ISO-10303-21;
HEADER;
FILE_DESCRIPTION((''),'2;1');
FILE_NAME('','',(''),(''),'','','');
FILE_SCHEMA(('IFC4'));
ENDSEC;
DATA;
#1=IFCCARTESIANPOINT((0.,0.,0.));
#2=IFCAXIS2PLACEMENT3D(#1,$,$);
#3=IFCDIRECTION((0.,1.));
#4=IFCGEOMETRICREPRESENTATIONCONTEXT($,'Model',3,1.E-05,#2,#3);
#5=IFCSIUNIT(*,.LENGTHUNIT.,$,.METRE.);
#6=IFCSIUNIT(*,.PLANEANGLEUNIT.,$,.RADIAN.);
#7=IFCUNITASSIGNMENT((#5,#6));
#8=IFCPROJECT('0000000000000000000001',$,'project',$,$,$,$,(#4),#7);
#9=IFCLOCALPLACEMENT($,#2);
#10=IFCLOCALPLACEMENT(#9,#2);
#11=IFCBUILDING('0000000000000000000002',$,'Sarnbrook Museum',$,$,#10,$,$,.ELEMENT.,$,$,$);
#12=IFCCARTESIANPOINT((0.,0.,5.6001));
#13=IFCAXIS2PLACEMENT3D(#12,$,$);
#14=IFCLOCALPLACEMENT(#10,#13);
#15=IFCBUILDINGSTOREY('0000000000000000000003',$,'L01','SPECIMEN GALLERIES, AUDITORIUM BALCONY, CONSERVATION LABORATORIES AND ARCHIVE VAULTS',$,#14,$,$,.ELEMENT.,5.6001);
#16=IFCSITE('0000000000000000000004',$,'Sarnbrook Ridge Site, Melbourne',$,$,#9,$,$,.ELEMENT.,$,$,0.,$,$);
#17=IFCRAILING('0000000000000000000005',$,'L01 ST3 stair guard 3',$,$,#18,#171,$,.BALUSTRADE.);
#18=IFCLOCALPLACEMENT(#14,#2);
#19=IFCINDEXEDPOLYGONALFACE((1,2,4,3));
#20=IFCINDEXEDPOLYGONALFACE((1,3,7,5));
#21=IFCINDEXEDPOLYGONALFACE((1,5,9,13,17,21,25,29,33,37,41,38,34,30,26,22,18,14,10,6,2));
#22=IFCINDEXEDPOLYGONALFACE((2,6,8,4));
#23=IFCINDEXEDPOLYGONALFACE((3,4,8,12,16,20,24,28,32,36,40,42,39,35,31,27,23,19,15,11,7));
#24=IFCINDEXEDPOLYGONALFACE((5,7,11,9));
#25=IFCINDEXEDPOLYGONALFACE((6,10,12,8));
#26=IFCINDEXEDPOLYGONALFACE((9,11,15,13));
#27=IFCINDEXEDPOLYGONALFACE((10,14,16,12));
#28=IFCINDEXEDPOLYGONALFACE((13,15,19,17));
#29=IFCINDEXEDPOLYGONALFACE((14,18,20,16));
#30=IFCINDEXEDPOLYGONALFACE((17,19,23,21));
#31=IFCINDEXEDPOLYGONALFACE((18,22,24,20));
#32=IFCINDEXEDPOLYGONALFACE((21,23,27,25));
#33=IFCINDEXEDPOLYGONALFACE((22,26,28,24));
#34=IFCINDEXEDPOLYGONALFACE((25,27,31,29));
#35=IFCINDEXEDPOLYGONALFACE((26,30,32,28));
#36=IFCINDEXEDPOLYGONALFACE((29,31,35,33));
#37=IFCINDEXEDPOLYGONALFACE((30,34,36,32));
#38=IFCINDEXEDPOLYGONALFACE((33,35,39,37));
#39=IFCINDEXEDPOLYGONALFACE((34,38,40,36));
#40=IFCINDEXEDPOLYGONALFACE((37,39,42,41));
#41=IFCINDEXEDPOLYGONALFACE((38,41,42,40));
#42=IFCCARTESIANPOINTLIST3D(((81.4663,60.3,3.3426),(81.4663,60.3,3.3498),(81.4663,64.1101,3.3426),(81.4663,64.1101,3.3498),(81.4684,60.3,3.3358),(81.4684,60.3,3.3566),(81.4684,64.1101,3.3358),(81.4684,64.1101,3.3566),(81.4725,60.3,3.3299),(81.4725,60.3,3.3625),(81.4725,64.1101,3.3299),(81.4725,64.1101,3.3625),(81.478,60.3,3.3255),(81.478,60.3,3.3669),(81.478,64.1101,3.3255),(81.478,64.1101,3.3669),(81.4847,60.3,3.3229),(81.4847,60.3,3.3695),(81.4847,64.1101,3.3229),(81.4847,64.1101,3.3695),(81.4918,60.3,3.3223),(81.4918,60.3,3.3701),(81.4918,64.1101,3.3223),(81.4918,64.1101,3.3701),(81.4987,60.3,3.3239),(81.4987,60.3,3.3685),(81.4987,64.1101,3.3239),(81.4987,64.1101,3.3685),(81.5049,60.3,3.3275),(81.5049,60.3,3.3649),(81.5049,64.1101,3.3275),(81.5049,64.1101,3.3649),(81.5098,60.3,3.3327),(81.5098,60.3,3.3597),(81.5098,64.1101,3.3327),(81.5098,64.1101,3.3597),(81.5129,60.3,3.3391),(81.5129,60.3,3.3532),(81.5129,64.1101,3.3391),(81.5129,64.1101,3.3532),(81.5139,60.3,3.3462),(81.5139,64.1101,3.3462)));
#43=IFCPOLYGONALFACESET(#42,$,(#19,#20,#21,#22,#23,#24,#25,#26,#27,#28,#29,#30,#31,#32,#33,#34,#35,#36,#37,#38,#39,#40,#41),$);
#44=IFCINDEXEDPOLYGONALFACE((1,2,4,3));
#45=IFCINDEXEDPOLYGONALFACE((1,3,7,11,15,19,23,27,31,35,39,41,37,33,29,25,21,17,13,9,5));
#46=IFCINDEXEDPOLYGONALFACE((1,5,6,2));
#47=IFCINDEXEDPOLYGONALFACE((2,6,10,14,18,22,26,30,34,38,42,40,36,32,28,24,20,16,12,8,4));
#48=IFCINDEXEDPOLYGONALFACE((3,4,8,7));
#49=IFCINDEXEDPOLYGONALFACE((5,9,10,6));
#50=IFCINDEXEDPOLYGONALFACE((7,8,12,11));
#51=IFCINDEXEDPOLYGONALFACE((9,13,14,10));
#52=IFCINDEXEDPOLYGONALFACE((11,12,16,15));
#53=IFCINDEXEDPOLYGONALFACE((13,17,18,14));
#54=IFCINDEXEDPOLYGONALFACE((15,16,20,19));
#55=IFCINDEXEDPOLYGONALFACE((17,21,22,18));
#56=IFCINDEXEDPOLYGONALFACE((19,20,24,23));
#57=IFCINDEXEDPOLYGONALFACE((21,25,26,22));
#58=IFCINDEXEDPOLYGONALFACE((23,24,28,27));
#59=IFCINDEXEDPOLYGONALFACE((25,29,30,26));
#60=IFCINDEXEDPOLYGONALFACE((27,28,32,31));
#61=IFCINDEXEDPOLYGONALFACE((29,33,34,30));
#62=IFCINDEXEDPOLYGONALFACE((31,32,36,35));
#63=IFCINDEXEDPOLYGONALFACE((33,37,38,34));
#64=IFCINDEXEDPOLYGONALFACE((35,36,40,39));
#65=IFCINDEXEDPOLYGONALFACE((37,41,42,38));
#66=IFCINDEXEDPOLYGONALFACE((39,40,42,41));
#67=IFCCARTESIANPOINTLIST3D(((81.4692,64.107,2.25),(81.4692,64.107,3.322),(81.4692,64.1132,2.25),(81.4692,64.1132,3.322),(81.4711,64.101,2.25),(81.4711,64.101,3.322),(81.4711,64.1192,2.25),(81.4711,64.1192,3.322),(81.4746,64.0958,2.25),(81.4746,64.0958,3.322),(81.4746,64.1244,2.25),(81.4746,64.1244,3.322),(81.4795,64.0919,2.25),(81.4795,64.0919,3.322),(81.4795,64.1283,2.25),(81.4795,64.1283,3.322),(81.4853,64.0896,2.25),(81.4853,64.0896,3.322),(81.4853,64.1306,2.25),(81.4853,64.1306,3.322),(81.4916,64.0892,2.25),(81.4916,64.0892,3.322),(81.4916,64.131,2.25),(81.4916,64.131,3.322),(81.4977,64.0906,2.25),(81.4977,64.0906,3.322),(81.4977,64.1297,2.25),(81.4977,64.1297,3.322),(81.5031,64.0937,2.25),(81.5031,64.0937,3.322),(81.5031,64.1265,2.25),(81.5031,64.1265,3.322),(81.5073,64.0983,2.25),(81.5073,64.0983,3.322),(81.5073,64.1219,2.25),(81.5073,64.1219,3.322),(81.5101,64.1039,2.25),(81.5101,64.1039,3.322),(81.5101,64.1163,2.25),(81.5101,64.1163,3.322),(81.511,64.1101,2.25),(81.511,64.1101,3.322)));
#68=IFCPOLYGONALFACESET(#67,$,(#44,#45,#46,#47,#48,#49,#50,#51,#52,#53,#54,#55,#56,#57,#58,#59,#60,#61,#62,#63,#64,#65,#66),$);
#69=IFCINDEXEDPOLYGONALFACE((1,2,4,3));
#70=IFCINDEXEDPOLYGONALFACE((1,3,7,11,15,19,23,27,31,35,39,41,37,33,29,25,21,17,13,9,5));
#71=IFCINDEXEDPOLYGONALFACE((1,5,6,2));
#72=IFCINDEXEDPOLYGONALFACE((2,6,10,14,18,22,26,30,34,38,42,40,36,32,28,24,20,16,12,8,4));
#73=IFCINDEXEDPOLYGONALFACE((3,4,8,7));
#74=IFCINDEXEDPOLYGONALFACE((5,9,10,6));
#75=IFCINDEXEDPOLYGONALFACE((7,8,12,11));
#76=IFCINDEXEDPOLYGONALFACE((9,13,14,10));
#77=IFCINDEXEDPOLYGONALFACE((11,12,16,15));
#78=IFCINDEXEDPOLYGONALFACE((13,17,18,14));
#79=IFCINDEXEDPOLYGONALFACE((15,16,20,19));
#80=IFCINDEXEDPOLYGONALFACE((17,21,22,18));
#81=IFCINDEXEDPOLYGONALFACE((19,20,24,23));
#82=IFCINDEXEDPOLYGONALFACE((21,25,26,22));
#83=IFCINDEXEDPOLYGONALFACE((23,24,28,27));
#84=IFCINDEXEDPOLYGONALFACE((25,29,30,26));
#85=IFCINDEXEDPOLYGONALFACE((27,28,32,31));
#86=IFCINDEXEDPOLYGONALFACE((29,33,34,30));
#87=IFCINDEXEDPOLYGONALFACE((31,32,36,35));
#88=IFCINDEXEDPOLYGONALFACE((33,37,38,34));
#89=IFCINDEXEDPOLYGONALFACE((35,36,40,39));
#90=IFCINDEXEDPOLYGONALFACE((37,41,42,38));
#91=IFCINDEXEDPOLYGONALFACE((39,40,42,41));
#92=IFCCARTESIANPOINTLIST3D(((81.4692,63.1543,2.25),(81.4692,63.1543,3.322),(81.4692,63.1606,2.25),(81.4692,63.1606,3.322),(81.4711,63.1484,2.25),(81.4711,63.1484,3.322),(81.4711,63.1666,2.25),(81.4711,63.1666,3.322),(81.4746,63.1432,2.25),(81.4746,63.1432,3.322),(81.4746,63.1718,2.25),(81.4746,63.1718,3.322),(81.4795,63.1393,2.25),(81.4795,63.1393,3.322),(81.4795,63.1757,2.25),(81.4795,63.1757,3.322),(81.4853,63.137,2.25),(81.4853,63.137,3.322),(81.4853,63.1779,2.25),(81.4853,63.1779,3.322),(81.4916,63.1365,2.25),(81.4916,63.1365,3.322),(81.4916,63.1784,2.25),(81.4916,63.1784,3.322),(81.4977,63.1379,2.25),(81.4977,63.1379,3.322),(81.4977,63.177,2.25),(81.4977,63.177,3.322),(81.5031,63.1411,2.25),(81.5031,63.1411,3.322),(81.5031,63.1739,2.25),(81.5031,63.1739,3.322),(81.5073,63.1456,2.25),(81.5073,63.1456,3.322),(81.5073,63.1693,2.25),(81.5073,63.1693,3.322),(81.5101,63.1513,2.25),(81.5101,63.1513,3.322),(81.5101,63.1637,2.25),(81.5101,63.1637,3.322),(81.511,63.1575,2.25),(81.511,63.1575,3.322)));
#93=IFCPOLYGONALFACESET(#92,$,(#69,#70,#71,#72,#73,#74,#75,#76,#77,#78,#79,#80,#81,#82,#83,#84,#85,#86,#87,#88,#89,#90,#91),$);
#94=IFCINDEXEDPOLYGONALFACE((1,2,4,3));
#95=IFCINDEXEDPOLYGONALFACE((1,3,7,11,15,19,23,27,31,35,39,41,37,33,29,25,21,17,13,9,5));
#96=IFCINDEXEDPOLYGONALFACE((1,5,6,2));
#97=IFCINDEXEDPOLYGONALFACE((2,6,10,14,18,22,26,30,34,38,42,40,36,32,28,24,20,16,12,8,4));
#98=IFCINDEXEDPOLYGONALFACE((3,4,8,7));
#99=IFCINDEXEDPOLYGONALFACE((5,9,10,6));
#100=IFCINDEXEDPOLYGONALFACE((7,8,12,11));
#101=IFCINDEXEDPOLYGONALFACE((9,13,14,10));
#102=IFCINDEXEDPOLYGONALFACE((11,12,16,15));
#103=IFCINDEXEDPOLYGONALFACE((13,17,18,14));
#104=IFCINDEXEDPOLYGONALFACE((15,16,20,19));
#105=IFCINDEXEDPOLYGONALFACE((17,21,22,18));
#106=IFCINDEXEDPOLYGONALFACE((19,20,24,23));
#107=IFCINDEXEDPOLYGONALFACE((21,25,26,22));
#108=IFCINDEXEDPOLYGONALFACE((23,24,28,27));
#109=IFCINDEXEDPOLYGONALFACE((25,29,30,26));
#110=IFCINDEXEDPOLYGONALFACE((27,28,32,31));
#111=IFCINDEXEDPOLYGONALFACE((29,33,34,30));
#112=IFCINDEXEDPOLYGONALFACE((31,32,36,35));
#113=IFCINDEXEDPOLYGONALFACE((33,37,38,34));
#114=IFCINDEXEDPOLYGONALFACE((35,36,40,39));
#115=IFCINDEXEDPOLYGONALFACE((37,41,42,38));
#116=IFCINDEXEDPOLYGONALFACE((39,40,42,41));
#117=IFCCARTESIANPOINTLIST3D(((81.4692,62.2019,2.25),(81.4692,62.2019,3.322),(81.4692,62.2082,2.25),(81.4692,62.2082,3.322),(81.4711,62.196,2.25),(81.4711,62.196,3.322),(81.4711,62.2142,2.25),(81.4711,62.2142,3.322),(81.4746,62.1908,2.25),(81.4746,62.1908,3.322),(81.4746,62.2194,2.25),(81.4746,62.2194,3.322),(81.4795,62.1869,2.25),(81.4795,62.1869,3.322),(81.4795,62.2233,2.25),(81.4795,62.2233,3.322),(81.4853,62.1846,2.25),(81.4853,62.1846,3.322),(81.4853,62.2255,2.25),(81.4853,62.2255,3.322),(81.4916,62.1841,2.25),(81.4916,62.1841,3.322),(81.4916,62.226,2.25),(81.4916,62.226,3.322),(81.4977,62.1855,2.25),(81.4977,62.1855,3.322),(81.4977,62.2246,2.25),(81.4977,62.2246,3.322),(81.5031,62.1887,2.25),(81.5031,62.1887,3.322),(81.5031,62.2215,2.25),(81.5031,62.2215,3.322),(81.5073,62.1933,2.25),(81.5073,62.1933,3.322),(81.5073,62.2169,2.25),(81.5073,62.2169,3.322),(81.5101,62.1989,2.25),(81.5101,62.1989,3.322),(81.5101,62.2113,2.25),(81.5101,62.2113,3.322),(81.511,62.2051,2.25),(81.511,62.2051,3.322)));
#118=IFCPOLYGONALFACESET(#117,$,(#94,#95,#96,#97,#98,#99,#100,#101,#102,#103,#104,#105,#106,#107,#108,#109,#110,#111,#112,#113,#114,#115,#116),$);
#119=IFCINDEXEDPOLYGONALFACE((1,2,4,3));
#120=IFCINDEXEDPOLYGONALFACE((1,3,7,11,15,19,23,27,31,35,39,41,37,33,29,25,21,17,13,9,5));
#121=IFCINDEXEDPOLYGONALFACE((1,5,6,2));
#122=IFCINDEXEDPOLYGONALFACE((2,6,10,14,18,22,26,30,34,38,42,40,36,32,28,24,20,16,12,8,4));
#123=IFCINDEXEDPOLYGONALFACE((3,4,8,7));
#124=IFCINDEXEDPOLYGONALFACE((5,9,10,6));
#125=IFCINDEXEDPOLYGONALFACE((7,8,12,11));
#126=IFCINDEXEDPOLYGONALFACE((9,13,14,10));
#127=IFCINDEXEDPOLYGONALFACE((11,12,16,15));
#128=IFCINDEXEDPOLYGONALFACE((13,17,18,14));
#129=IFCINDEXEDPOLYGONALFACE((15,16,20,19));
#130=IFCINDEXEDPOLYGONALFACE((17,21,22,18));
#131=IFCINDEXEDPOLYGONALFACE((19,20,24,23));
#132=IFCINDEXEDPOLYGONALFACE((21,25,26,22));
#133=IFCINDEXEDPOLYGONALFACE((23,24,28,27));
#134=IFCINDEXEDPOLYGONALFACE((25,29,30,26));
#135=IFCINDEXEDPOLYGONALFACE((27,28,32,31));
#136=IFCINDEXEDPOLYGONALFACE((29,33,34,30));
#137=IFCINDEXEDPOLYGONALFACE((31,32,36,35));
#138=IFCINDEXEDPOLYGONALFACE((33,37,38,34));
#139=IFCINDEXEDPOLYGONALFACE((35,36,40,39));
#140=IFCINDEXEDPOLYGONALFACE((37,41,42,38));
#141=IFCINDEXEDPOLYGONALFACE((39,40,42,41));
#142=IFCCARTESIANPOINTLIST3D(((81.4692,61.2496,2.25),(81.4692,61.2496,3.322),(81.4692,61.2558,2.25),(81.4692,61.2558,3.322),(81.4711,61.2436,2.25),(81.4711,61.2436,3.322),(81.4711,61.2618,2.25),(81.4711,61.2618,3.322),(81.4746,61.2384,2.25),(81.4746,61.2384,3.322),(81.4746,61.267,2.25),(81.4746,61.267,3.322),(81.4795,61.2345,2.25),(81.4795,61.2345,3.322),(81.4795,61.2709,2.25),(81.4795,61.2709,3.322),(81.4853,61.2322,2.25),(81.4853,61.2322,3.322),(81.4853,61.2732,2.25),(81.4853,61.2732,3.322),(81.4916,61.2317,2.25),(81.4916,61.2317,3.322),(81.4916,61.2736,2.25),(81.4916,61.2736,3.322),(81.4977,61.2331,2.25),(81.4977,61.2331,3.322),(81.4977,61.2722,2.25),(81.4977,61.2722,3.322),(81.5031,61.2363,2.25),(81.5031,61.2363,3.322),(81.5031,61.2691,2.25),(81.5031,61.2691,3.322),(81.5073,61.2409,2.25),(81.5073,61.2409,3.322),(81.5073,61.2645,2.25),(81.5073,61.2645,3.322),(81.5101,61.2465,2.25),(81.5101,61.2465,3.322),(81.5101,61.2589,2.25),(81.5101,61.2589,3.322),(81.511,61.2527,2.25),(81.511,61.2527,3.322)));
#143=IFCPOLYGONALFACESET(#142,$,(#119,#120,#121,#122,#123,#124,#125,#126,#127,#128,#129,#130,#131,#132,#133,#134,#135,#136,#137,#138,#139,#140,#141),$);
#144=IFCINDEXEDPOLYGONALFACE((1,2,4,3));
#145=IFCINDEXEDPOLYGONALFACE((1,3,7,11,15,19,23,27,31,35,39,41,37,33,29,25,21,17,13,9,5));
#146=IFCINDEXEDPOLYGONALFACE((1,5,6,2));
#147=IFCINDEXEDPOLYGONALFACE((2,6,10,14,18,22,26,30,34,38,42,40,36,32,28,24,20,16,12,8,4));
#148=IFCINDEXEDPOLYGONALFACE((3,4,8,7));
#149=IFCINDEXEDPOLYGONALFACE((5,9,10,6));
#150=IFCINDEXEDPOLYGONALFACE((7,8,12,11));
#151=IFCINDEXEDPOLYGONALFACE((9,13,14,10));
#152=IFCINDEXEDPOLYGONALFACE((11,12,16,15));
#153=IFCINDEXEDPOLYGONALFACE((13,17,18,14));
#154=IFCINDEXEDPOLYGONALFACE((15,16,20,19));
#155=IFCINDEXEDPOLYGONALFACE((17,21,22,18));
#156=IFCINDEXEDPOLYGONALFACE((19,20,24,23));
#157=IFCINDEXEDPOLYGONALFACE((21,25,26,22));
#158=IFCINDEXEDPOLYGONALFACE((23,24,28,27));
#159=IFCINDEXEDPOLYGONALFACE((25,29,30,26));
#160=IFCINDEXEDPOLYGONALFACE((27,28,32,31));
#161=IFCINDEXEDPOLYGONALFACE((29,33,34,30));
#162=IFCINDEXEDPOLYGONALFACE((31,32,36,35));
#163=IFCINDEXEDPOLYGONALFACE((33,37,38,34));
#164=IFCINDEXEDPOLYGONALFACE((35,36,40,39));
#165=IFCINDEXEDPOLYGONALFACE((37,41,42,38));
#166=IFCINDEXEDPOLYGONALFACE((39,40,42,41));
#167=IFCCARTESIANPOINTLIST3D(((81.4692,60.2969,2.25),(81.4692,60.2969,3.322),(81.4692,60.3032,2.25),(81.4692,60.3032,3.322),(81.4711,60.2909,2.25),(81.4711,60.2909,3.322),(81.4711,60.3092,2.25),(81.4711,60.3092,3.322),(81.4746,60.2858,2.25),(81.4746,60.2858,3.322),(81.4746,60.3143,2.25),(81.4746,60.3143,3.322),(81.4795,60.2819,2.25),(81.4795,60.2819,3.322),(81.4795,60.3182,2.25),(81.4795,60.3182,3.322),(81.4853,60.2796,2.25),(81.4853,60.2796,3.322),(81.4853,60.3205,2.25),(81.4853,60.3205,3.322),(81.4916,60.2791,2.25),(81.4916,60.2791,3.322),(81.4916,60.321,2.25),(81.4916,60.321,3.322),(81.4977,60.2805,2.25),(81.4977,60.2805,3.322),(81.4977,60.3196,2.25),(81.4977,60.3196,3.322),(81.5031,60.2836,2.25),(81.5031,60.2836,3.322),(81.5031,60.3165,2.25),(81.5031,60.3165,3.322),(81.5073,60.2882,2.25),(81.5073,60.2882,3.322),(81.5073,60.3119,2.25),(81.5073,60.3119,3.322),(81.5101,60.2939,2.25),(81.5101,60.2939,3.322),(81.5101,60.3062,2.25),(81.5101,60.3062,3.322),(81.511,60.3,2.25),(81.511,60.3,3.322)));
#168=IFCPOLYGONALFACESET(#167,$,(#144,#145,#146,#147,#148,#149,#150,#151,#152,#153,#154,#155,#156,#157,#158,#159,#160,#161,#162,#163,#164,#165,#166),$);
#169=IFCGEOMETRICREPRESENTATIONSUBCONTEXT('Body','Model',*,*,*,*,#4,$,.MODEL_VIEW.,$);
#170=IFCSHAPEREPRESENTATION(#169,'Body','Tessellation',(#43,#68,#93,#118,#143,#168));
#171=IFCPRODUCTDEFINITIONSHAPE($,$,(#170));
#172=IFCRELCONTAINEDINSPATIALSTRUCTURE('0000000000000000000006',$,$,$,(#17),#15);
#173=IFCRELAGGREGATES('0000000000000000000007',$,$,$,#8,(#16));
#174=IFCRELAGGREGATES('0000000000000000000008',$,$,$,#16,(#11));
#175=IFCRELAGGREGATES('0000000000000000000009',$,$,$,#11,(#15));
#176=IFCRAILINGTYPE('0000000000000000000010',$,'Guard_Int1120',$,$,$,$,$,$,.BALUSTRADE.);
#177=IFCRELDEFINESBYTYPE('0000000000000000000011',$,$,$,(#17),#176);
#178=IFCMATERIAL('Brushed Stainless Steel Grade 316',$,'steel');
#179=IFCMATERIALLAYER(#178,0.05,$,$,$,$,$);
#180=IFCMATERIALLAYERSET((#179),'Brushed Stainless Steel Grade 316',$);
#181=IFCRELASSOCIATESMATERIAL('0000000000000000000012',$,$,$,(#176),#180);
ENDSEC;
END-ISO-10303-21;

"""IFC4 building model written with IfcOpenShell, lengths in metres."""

from ifc_helpers import new_model, si_unit, direction, frame, origin, origin_2d, place, context, subcontext, project, spatial, circle, extrude, material, layer, layer_set, type_object, element, save


model = new_model("IFC4")

# Units and contexts
model_context = context("Model", 3, precision=1e-05, world=origin(), true_north=direction((0.0, 1.0)))
body_context = subcontext(model_context, "Body", "Model", "MODEL_VIEW")
ifc_project = project(units=[si_unit("LENGTHUNIT", "METRE"), si_unit("PLANEANGLEUNIT", "RADIAN")], contexts=[model_context])

# Site, building, storey
site_placement = place(None, origin())
site = spatial("IfcSite", under=ifc_project, at=site_placement, Name="Sarnbrook Ridge Site, Melbourne", CompositionType="ELEMENT", RefElevation=0.0)
building_placement = place(site_placement, origin())
building = spatial("IfcBuilding", under=site, at=building_placement, Name="Sarnbrook Museum", CompositionType="ELEMENT")
storey_placement = place(building_placement, frame((0.0, 0.0, 5.6001)))
storey = spatial("IfcBuildingStorey", under=building, at=storey_placement, Name="L01", Description="SPECIMEN GALLERIES, AUDITORIUM BALCONY, CONSERVATION LABORATORIES AND ARCHIVE VAULTS", CompositionType="ELEMENT", Elevation=5.6001)

# Shared definitions
ifc_material_1 = material(Name="Brushed Stainless Steel Grade 316", Category="steel")

# Railing
ifc_layer_1 = layer(ifc_material_1, 0.05)
ifc_layer_set_1 = layer_set([ifc_layer_1], Name="Brushed Stainless Steel Grade 316")
railing_type_1 = type_object("IfcRailingType", Name="Guard_Int1120", PredefinedType="BALUSTRADE", material=ifc_layer_set_1)
for number, where, name in (
    (1, (81.49, 64.1101, 2.25), "L01 ST3 stair guard 3"),
):
    element("IfcRailing", number, at=place(storey_placement, frame(where)), inside=storey, type_object=railing_type_1, Name=name, PredefinedType="BALUSTRADE", context=body_context, shape_type="SweptSolid", body=[
        extrude(circle(Radius=0.0239, at=origin_2d()), frame((0.0, 0.0, 1.0962), z_axis=(0.0, -1.0, 0.0), x_axis=(1.0, 0.0, 0.0)), (0.0, 0.0, 1.0), 3.8101),
        extrude(circle(Radius=0.021, at=origin_2d()), origin(), (0.0, 0.0, 1.0), 1.072),
        extrude(circle(Radius=0.021, at=origin_2d()), frame((0.0, -0.9526, 0.0)), (0.0, 0.0, 1.0), 1.072),
        extrude(circle(Radius=0.021, at=origin_2d()), frame((0.0, -1.905, 0.0)), (0.0, 0.0, 1.0), 1.072),
        extrude(circle(Radius=0.021, at=origin_2d()), frame((0.0, -2.8574, 0.0)), (0.0, 0.0, 1.0), 1.072),
        extrude(circle(Radius=0.021, at=origin_2d()), frame((0.0, -3.8101, 0.0)), (0.0, 0.0, 1.0), 1.072),
    ])

save(model, "model.ifc")
